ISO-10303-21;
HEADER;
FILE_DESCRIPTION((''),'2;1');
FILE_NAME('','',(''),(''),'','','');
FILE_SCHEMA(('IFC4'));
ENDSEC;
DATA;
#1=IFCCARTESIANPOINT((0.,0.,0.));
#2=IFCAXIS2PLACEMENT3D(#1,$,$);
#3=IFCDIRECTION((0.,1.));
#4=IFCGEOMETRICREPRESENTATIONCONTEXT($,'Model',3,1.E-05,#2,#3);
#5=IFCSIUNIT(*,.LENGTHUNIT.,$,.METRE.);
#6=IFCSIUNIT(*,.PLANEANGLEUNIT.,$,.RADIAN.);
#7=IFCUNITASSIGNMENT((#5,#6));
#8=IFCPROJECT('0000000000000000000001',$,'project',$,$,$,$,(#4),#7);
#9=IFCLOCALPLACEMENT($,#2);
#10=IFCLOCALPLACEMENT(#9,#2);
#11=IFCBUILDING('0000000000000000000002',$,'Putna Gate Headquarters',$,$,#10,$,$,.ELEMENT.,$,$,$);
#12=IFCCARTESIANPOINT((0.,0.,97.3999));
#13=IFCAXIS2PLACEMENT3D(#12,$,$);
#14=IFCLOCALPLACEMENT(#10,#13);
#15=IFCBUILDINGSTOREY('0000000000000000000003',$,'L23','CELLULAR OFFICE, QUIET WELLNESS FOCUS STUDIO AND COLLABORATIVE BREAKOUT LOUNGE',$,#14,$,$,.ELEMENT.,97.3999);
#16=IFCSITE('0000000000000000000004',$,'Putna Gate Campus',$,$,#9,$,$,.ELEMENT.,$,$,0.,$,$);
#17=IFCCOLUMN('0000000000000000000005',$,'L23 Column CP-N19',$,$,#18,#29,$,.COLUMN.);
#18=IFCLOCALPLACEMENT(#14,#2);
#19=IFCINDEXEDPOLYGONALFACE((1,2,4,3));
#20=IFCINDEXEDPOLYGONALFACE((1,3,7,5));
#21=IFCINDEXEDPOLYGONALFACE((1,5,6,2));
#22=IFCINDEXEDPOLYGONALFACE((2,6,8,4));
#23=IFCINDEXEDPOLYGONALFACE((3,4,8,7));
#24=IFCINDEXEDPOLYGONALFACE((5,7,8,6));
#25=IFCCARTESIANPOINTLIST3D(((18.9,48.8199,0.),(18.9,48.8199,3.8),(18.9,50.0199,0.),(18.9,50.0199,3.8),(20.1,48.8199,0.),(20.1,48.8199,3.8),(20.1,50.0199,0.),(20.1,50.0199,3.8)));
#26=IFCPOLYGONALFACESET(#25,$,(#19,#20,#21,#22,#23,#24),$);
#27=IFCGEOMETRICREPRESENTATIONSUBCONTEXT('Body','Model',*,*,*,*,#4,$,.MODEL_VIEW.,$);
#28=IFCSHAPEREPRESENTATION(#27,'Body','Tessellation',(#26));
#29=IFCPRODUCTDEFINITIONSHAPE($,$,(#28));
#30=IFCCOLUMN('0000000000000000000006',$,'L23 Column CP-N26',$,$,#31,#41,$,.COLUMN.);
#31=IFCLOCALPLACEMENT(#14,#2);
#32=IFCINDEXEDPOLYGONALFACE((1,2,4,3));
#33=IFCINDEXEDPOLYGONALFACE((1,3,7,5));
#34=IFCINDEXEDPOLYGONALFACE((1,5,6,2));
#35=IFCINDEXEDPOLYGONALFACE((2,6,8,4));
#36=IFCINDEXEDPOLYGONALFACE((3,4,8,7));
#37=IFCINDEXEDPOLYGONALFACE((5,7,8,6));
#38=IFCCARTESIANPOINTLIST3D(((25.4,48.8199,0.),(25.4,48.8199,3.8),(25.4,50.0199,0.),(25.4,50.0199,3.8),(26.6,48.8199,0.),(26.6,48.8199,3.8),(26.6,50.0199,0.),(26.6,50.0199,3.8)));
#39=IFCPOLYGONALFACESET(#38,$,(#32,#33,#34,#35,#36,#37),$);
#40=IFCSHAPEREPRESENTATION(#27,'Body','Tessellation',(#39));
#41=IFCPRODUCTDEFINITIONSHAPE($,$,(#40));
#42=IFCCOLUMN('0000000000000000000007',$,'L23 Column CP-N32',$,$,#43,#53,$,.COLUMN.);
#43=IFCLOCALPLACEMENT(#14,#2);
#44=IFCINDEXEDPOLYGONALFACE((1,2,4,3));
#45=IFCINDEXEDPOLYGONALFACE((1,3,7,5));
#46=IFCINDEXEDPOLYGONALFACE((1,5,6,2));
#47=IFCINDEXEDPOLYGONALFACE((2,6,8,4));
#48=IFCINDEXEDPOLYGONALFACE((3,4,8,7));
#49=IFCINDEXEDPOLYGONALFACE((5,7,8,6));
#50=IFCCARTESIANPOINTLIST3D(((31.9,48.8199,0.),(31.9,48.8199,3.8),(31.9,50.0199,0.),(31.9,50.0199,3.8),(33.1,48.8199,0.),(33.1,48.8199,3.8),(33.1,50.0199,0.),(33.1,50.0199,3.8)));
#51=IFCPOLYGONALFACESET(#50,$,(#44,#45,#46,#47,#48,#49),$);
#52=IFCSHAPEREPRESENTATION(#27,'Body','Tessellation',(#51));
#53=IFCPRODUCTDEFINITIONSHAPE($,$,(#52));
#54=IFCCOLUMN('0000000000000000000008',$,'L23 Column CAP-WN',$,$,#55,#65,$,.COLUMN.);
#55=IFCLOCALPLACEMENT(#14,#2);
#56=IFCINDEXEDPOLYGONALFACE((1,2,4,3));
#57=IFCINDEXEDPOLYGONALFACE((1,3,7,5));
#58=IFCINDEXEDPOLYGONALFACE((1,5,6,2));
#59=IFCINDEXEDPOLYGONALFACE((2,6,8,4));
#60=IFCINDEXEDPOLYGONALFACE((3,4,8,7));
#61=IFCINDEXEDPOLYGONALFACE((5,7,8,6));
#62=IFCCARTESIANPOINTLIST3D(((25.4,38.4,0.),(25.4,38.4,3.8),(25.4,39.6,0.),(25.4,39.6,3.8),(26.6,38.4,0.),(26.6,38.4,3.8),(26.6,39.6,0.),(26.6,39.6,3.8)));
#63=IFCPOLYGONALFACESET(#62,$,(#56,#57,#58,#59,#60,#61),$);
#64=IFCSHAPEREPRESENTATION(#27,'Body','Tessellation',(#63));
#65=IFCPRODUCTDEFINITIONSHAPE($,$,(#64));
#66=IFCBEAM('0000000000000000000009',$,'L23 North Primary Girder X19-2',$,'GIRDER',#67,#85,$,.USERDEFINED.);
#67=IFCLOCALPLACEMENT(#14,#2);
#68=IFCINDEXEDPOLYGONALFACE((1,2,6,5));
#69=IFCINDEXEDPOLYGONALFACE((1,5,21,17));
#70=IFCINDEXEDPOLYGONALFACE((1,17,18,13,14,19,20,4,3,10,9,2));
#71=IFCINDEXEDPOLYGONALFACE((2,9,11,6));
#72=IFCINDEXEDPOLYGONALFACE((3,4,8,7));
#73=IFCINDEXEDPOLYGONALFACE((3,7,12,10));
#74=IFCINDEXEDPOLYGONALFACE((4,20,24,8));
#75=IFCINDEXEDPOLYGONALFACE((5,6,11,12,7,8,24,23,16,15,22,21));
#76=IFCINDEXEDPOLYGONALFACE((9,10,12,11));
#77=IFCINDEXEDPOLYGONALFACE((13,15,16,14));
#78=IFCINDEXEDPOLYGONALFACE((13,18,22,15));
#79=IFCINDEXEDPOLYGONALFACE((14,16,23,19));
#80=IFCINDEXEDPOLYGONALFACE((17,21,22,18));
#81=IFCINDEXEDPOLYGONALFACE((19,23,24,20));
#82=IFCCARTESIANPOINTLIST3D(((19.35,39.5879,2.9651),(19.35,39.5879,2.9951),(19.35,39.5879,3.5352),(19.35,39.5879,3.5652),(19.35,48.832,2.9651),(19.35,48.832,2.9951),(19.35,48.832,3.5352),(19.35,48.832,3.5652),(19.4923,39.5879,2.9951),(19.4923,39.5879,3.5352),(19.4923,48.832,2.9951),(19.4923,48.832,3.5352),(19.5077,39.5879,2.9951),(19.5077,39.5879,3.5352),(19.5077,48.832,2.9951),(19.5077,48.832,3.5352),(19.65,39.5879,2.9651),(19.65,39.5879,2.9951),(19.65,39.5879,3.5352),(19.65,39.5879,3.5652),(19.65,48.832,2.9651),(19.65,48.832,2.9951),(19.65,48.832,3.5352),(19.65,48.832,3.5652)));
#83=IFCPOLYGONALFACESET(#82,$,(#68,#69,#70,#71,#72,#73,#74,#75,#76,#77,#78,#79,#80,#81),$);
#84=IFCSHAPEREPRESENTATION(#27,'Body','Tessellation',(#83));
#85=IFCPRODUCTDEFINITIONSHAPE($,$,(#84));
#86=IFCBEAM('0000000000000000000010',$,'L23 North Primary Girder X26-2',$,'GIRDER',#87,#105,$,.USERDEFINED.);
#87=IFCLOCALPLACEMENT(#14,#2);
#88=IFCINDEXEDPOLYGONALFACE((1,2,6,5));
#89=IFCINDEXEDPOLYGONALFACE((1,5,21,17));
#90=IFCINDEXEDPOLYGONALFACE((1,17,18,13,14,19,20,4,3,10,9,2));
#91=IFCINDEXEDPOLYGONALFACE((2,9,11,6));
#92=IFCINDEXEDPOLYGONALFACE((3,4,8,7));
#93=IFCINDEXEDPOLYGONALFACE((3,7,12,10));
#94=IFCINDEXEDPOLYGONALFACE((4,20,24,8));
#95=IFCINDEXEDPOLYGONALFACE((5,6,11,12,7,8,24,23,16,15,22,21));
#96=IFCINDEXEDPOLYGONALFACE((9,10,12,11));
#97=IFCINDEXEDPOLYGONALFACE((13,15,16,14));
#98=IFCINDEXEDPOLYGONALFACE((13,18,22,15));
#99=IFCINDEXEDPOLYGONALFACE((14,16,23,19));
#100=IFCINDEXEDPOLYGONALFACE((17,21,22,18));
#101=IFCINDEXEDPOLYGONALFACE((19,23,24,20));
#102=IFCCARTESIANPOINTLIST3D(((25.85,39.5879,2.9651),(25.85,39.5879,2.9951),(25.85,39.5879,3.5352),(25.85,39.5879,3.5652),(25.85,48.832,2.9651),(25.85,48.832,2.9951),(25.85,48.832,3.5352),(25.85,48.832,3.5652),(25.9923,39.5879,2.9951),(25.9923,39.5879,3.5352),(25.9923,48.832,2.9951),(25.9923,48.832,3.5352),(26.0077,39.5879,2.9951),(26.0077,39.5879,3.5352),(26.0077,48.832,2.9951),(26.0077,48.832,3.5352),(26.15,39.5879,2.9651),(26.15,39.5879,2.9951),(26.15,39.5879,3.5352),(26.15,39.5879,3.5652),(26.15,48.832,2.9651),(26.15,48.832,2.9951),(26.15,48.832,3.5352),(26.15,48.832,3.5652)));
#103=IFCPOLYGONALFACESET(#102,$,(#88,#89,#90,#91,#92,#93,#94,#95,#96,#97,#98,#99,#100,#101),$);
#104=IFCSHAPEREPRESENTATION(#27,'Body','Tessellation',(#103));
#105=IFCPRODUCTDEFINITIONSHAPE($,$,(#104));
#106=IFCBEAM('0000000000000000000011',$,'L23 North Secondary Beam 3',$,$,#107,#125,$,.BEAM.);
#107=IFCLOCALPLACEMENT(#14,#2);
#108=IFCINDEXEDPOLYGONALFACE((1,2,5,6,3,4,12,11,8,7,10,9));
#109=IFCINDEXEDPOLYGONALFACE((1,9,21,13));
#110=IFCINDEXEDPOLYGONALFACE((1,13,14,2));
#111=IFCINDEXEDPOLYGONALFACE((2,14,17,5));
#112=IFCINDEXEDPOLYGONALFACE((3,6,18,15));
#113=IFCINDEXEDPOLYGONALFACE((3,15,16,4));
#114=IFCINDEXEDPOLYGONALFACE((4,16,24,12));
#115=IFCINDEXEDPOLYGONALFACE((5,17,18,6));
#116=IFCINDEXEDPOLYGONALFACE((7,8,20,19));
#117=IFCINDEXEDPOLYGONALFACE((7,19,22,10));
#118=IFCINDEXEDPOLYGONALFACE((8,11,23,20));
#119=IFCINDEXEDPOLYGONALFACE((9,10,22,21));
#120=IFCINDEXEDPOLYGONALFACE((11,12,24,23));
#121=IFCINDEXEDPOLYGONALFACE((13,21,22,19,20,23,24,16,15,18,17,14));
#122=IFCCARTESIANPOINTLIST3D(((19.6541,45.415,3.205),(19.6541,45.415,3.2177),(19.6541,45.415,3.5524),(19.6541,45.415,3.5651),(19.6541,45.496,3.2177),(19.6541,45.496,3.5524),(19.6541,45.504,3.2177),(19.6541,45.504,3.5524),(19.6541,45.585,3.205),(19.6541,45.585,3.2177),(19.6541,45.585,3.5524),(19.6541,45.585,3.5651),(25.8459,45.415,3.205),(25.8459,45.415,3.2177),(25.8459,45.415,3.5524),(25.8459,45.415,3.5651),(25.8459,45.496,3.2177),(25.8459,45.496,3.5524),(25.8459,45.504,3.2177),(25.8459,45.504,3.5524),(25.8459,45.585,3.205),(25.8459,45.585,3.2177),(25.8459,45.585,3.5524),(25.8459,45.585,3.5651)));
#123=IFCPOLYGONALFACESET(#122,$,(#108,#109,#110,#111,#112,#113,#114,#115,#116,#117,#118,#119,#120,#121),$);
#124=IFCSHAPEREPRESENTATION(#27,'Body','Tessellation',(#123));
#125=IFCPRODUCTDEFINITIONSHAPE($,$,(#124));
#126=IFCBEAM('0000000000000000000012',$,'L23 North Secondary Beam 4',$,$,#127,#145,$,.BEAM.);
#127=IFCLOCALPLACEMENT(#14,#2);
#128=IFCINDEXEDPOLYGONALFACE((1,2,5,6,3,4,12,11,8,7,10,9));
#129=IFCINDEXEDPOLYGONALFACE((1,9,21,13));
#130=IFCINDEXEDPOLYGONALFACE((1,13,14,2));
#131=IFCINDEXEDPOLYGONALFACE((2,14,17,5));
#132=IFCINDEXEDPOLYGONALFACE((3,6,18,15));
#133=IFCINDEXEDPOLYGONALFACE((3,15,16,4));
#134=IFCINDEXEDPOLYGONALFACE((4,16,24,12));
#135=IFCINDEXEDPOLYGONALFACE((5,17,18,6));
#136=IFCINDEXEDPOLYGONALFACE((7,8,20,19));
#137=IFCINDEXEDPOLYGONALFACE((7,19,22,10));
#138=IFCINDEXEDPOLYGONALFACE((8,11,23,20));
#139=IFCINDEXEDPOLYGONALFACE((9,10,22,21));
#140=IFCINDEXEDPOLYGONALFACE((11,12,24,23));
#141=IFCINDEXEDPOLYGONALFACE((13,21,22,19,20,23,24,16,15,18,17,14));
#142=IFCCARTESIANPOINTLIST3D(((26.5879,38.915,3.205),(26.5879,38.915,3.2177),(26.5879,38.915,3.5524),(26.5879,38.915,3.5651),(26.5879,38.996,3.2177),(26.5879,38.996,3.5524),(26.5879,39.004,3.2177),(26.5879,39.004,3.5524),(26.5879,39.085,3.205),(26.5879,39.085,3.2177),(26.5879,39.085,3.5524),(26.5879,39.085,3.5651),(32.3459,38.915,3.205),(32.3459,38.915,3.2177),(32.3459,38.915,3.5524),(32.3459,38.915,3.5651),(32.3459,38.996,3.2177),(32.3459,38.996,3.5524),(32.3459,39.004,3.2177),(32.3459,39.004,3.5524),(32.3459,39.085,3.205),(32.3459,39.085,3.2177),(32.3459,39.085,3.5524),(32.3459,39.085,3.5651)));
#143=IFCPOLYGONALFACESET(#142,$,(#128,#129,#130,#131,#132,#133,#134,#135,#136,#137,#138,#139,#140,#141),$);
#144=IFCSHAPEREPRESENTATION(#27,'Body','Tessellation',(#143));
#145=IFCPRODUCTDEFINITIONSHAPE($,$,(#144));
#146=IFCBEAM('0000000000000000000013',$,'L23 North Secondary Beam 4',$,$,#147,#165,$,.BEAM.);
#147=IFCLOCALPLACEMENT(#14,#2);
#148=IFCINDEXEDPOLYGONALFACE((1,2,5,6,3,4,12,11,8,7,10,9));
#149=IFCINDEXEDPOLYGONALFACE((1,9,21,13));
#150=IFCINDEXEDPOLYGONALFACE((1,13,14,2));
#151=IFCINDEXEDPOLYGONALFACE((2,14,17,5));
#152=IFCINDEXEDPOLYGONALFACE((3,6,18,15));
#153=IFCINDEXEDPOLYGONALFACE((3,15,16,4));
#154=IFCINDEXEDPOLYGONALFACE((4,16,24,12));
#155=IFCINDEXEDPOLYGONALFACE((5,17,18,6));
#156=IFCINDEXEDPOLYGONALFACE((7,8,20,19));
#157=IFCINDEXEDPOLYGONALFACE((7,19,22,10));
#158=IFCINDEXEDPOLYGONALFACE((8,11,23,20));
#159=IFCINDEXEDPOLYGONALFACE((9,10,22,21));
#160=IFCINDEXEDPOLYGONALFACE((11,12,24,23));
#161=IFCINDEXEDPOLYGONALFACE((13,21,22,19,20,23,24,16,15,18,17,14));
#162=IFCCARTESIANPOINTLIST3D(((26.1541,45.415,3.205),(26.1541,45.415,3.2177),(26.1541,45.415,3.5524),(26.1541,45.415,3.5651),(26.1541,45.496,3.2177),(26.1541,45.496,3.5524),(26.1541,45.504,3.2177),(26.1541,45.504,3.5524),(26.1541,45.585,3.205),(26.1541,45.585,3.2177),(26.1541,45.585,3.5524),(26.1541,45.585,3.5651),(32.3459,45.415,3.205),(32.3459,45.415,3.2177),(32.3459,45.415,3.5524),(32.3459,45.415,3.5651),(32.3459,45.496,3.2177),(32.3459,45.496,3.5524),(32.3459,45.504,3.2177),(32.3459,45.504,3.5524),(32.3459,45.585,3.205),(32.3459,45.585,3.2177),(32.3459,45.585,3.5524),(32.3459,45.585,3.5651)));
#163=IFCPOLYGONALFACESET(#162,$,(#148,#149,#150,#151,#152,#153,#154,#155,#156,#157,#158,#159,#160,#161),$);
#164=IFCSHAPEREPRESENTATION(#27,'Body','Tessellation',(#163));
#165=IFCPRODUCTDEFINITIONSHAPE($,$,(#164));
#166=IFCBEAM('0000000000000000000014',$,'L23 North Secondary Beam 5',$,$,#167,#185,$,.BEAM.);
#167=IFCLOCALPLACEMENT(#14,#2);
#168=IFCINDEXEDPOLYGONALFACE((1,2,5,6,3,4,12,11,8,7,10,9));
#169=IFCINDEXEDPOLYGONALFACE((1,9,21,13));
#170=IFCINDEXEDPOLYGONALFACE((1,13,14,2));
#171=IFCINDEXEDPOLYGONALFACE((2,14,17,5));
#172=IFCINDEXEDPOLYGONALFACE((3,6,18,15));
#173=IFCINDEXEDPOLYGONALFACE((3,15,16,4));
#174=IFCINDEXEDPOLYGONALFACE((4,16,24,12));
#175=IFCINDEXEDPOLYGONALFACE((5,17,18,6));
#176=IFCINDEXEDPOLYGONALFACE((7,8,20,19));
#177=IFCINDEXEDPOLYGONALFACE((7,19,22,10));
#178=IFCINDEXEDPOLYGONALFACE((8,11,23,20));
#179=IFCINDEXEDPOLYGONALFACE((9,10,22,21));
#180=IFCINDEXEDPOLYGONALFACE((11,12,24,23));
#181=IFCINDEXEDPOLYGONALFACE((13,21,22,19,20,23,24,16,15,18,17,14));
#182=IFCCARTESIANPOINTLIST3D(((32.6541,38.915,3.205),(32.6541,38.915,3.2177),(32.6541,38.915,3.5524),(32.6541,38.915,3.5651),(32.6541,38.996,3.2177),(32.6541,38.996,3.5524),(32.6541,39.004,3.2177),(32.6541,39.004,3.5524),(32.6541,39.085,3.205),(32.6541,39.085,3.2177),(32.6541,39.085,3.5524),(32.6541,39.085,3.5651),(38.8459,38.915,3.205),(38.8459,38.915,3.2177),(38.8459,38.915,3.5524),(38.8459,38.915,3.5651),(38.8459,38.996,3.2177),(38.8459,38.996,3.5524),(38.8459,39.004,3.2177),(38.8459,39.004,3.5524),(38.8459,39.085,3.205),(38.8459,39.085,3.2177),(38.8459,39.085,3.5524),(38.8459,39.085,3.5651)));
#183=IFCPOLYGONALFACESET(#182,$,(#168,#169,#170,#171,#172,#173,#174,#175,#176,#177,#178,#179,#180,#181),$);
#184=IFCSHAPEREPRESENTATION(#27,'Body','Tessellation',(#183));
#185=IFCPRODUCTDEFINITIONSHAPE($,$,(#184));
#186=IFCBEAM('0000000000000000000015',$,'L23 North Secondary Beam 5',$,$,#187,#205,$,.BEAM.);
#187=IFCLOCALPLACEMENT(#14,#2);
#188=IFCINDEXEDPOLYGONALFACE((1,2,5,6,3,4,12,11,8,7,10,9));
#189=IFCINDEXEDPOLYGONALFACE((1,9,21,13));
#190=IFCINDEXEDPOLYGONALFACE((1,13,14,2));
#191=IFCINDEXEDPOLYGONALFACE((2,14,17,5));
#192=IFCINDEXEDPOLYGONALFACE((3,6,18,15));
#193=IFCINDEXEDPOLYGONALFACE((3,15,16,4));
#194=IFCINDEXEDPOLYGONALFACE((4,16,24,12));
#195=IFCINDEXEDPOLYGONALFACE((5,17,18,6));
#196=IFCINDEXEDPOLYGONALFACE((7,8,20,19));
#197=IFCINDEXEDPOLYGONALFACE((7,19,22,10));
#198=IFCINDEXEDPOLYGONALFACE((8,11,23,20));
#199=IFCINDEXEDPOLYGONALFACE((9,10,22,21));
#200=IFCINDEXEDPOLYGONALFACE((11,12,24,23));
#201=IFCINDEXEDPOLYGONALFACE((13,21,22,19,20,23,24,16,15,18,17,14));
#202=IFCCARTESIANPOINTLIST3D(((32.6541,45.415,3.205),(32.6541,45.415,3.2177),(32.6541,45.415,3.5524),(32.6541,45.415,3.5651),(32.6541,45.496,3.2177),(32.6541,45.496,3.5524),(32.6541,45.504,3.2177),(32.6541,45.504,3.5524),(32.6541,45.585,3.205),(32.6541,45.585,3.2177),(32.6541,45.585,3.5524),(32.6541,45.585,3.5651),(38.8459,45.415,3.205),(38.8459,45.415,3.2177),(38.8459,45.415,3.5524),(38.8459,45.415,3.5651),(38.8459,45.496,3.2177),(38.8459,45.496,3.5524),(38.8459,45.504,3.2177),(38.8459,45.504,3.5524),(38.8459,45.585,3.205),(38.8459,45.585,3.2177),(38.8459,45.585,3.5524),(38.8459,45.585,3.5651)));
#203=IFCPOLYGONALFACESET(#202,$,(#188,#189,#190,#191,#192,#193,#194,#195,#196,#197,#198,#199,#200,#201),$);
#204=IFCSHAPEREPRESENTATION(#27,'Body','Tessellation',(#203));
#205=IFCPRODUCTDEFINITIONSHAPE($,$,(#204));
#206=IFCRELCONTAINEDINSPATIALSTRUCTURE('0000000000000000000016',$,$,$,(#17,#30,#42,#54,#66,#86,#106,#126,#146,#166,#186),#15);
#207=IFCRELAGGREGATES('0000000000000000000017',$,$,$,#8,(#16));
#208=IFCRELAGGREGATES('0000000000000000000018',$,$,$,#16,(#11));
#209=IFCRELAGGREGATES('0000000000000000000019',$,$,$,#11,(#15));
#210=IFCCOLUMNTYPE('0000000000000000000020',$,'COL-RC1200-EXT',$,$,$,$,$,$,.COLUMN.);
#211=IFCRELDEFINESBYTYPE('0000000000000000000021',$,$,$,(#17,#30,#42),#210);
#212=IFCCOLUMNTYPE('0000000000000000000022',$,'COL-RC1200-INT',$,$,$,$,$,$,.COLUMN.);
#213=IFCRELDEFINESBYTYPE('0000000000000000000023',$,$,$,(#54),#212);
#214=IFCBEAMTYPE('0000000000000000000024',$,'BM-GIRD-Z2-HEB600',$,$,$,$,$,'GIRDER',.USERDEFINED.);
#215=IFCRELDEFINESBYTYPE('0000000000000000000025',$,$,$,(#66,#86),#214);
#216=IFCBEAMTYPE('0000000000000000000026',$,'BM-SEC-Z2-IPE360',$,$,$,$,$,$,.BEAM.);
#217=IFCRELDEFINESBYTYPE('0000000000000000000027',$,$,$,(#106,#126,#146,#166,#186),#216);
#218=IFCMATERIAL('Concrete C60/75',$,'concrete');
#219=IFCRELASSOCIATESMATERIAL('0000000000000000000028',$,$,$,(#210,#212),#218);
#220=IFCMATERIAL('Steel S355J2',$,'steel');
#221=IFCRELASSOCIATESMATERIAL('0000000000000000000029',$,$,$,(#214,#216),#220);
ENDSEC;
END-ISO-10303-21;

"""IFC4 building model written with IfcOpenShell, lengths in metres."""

from ifc_helpers import new_model, si_unit, direction, frame, origin, origin_2d, place, context, subcontext, project, spatial, rectangle, i_section, extrude, material, material_profile, profile_set, type_object, element, save


model = new_model("IFC4")

# Units and contexts
model_context = context("Model", 3, precision=1e-05, world=origin(), true_north=direction((0.0, 1.0)))
body_context = subcontext(model_context, "Body", "Model", "MODEL_VIEW")
ifc_project = project(units=[si_unit("LENGTHUNIT", "METRE"), si_unit("PLANEANGLEUNIT", "RADIAN")], contexts=[model_context])

# Site, building, storey
site_placement = place(None, origin())
site = spatial("IfcSite", under=ifc_project, at=site_placement, Name="Putna Gate Campus", CompositionType="ELEMENT", RefElevation=0.0)
building_placement = place(site_placement, origin())
building = spatial("IfcBuilding", under=site, at=building_placement, Name="Putna Gate Headquarters", CompositionType="ELEMENT")
storey_placement = place(building_placement, frame((0.0, 0.0, 97.3999)))
storey = spatial("IfcBuildingStorey", under=building, at=storey_placement, Name="L23", Description="CELLULAR OFFICE, QUIET WELLNESS FOCUS STUDIO AND COLLABORATIVE BREAKOUT LOUNGE", CompositionType="ELEMENT", Elevation=97.3999)

# Columns
ifc_material_1 = material(Name="Concrete C60/75", Category="concrete")
ifc_material_profile_1 = material_profile(ifc_material_1, rectangle(XDim=1.2, YDim=1.2, at=origin_2d()), Name="Concrete C60/75")
ifc_profile_set_1 = profile_set([ifc_material_profile_1], Name="Concrete C60/75")
column_type_1 = type_object("IfcColumnType", Name="COL-RC1200-EXT", PredefinedType="COLUMN", material=ifc_profile_set_1)
for number, where, z_axis, x_axis, name in (
    (1, (19.5, 49.4199, 0.0), (0.0, 0.0, 1.0), (1.0, 0.0, 0.0), "L23 Column CP-N19"),
    (2, (26.0, 49.4199, 0.0), (0.0, 0.0, 1.0), (1.0, 0.0, 0.0), "L23 Column CP-N26"),
    (3, (32.5, 49.4199, 0.0), (0.0, 0.0, 1.0), (1.0, 0.0, 0.0), "L23 Column CP-N32"),
):
    element("IfcColumn", number, at=place(storey_placement, frame(where, z_axis=z_axis, x_axis=x_axis)), inside=storey, type_object=column_type_1, Name=name, PredefinedType="COLUMN", context=body_context, shape_type="SweptSolid", body=[
        extrude(rectangle(XDim=1.2, YDim=1.2, at=origin_2d()), origin(), (0.0, 0.0, 1.0), 3.8),
    ])
ifc_material_profile_2 = material_profile(ifc_material_1, rectangle(XDim=1.2, YDim=1.2, at=origin_2d()), Name="Concrete C60/75")
ifc_profile_set_2 = profile_set([ifc_material_profile_2], Name="Concrete C60/75")
column_type_2 = type_object("IfcColumnType", Name="COL-RC1200-INT", PredefinedType="COLUMN", material=ifc_profile_set_2)
column_placement = place(storey_placement, frame((26.0, 39.0, 0.0), z_axis=(0.0, 0.0, 1.0), x_axis=(1.0, 0.0, 0.0)))
element("IfcColumn", 4, at=column_placement, inside=storey, type_object=column_type_2, Name="L23 Column CAP-WN", PredefinedType="COLUMN", context=body_context, shape_type="SweptSolid", body=[
    extrude(rectangle(XDim=1.2, YDim=1.2, at=origin_2d()), origin(), (0.0, 0.0, 1.0), 3.8),
])

# Beams
ifc_material_2 = material(Name="Steel S355J2", Category="steel")
ifc_material_profile_3 = material_profile(ifc_material_2, i_section(OverallWidth=0.3, OverallDepth=0.6001, WebThickness=0.0154, FlangeThickness=0.03, at=origin_2d()), Name="Steel S355J2")
ifc_profile_set_3 = profile_set([ifc_material_profile_3], Name="Steel S355J2")
beam_type_1 = type_object("IfcBeamType", Name="BM-GIRD-Z2-HEB600", ElementType="GIRDER", PredefinedType="USERDEFINED", material=ifc_profile_set_3)
for number, where, z_axis, x_axis, name in (
    (5, (19.5, 39.5879, 3.2651), (0.0, 1.0, 0.0), (-1.0, 0.0, 0.0), "L23 North Primary Girder X19-2"),
    (6, (26.0, 39.5879, 3.2651), (0.0, 1.0, 0.0), (-1.0, 0.0, 0.0), "L23 North Primary Girder X26-2"),
):
    element("IfcBeam", number, at=place(storey_placement, frame(where, z_axis=z_axis, x_axis=x_axis)), inside=storey, type_object=beam_type_1, Name=name, ObjectType="GIRDER", PredefinedType="USERDEFINED", context=body_context, shape_type="SweptSolid", body=[
        extrude(i_section(OverallWidth=0.3, OverallDepth=0.6001, WebThickness=0.0154, FlangeThickness=0.03, at=origin_2d()), origin(), (0.0, 0.0, 1.0), 9.2441),
    ])
ifc_material_profile_4 = material_profile(ifc_material_2, i_section(OverallWidth=0.1699, OverallDepth=0.3601, WebThickness=0.0081, FlangeThickness=0.0127, at=origin_2d()), Name="Steel S355J2")
ifc_profile_set_4 = profile_set([ifc_material_profile_4], Name="Steel S355J2")
beam_type_2 = type_object("IfcBeamType", Name="BM-SEC-Z2-IPE360", PredefinedType="BEAM", material=ifc_profile_set_4)
beam_1_placement = place(storey_placement, frame((19.6541, 45.5, 3.385), z_axis=(1.0, 0.0, 0.0), x_axis=(0.0, 1.0, 0.0)))
element("IfcBeam", 7, at=beam_1_placement, inside=storey, type_object=beam_type_2, Name="L23 North Secondary Beam 3", PredefinedType="BEAM", context=body_context, shape_type="SweptSolid", body=[
    extrude(i_section(OverallWidth=0.1699, OverallDepth=0.3601, WebThickness=0.0081, FlangeThickness=0.0127, at=origin_2d()), origin(), (0.0, 0.0, 1.0), 6.1919),
])
beam_2_placement = place(storey_placement, frame((26.5879, 39.0, 3.385), z_axis=(1.0, 0.0, 0.0), x_axis=(0.0, 1.0, 0.0)))
element("IfcBeam", 8, at=beam_2_placement, inside=storey, type_object=beam_type_2, Name="L23 North Secondary Beam 4", PredefinedType="BEAM", context=body_context, shape_type="SweptSolid", body=[
    extrude(i_section(OverallWidth=0.1699, OverallDepth=0.3601, WebThickness=0.0081, FlangeThickness=0.0127, at=origin_2d()), origin(), (0.0, 0.0, 1.0), 5.7581),
])
for number, where, z_axis, x_axis, name in (
    (9, (26.1541, 45.5, 3.385), (1.0, 0.0, 0.0), (0.0, 1.0, 0.0), "L23 North Secondary Beam 4"),
    (10, (32.6541, 39.0, 3.385), (1.0, 0.0, 0.0), (0.0, 1.0, 0.0), "L23 North Secondary Beam 5"),
    (11, (32.6541, 45.5, 3.385), (1.0, 0.0, 0.0), (0.0, 1.0, 0.0), "L23 North Secondary Beam 5"),
):
    element("IfcBeam", number, at=place(storey_placement, frame(where, z_axis=z_axis, x_axis=x_axis)), inside=storey, type_object=beam_type_2, Name=name, PredefinedType="BEAM", context=body_context, shape_type="SweptSolid", body=[
        extrude(i_section(OverallWidth=0.1699, OverallDepth=0.3601, WebThickness=0.0081, FlangeThickness=0.0127, at=origin_2d()), origin(), (0.0, 0.0, 1.0), 6.1919),
    ])

save(model, "model.ifc")
